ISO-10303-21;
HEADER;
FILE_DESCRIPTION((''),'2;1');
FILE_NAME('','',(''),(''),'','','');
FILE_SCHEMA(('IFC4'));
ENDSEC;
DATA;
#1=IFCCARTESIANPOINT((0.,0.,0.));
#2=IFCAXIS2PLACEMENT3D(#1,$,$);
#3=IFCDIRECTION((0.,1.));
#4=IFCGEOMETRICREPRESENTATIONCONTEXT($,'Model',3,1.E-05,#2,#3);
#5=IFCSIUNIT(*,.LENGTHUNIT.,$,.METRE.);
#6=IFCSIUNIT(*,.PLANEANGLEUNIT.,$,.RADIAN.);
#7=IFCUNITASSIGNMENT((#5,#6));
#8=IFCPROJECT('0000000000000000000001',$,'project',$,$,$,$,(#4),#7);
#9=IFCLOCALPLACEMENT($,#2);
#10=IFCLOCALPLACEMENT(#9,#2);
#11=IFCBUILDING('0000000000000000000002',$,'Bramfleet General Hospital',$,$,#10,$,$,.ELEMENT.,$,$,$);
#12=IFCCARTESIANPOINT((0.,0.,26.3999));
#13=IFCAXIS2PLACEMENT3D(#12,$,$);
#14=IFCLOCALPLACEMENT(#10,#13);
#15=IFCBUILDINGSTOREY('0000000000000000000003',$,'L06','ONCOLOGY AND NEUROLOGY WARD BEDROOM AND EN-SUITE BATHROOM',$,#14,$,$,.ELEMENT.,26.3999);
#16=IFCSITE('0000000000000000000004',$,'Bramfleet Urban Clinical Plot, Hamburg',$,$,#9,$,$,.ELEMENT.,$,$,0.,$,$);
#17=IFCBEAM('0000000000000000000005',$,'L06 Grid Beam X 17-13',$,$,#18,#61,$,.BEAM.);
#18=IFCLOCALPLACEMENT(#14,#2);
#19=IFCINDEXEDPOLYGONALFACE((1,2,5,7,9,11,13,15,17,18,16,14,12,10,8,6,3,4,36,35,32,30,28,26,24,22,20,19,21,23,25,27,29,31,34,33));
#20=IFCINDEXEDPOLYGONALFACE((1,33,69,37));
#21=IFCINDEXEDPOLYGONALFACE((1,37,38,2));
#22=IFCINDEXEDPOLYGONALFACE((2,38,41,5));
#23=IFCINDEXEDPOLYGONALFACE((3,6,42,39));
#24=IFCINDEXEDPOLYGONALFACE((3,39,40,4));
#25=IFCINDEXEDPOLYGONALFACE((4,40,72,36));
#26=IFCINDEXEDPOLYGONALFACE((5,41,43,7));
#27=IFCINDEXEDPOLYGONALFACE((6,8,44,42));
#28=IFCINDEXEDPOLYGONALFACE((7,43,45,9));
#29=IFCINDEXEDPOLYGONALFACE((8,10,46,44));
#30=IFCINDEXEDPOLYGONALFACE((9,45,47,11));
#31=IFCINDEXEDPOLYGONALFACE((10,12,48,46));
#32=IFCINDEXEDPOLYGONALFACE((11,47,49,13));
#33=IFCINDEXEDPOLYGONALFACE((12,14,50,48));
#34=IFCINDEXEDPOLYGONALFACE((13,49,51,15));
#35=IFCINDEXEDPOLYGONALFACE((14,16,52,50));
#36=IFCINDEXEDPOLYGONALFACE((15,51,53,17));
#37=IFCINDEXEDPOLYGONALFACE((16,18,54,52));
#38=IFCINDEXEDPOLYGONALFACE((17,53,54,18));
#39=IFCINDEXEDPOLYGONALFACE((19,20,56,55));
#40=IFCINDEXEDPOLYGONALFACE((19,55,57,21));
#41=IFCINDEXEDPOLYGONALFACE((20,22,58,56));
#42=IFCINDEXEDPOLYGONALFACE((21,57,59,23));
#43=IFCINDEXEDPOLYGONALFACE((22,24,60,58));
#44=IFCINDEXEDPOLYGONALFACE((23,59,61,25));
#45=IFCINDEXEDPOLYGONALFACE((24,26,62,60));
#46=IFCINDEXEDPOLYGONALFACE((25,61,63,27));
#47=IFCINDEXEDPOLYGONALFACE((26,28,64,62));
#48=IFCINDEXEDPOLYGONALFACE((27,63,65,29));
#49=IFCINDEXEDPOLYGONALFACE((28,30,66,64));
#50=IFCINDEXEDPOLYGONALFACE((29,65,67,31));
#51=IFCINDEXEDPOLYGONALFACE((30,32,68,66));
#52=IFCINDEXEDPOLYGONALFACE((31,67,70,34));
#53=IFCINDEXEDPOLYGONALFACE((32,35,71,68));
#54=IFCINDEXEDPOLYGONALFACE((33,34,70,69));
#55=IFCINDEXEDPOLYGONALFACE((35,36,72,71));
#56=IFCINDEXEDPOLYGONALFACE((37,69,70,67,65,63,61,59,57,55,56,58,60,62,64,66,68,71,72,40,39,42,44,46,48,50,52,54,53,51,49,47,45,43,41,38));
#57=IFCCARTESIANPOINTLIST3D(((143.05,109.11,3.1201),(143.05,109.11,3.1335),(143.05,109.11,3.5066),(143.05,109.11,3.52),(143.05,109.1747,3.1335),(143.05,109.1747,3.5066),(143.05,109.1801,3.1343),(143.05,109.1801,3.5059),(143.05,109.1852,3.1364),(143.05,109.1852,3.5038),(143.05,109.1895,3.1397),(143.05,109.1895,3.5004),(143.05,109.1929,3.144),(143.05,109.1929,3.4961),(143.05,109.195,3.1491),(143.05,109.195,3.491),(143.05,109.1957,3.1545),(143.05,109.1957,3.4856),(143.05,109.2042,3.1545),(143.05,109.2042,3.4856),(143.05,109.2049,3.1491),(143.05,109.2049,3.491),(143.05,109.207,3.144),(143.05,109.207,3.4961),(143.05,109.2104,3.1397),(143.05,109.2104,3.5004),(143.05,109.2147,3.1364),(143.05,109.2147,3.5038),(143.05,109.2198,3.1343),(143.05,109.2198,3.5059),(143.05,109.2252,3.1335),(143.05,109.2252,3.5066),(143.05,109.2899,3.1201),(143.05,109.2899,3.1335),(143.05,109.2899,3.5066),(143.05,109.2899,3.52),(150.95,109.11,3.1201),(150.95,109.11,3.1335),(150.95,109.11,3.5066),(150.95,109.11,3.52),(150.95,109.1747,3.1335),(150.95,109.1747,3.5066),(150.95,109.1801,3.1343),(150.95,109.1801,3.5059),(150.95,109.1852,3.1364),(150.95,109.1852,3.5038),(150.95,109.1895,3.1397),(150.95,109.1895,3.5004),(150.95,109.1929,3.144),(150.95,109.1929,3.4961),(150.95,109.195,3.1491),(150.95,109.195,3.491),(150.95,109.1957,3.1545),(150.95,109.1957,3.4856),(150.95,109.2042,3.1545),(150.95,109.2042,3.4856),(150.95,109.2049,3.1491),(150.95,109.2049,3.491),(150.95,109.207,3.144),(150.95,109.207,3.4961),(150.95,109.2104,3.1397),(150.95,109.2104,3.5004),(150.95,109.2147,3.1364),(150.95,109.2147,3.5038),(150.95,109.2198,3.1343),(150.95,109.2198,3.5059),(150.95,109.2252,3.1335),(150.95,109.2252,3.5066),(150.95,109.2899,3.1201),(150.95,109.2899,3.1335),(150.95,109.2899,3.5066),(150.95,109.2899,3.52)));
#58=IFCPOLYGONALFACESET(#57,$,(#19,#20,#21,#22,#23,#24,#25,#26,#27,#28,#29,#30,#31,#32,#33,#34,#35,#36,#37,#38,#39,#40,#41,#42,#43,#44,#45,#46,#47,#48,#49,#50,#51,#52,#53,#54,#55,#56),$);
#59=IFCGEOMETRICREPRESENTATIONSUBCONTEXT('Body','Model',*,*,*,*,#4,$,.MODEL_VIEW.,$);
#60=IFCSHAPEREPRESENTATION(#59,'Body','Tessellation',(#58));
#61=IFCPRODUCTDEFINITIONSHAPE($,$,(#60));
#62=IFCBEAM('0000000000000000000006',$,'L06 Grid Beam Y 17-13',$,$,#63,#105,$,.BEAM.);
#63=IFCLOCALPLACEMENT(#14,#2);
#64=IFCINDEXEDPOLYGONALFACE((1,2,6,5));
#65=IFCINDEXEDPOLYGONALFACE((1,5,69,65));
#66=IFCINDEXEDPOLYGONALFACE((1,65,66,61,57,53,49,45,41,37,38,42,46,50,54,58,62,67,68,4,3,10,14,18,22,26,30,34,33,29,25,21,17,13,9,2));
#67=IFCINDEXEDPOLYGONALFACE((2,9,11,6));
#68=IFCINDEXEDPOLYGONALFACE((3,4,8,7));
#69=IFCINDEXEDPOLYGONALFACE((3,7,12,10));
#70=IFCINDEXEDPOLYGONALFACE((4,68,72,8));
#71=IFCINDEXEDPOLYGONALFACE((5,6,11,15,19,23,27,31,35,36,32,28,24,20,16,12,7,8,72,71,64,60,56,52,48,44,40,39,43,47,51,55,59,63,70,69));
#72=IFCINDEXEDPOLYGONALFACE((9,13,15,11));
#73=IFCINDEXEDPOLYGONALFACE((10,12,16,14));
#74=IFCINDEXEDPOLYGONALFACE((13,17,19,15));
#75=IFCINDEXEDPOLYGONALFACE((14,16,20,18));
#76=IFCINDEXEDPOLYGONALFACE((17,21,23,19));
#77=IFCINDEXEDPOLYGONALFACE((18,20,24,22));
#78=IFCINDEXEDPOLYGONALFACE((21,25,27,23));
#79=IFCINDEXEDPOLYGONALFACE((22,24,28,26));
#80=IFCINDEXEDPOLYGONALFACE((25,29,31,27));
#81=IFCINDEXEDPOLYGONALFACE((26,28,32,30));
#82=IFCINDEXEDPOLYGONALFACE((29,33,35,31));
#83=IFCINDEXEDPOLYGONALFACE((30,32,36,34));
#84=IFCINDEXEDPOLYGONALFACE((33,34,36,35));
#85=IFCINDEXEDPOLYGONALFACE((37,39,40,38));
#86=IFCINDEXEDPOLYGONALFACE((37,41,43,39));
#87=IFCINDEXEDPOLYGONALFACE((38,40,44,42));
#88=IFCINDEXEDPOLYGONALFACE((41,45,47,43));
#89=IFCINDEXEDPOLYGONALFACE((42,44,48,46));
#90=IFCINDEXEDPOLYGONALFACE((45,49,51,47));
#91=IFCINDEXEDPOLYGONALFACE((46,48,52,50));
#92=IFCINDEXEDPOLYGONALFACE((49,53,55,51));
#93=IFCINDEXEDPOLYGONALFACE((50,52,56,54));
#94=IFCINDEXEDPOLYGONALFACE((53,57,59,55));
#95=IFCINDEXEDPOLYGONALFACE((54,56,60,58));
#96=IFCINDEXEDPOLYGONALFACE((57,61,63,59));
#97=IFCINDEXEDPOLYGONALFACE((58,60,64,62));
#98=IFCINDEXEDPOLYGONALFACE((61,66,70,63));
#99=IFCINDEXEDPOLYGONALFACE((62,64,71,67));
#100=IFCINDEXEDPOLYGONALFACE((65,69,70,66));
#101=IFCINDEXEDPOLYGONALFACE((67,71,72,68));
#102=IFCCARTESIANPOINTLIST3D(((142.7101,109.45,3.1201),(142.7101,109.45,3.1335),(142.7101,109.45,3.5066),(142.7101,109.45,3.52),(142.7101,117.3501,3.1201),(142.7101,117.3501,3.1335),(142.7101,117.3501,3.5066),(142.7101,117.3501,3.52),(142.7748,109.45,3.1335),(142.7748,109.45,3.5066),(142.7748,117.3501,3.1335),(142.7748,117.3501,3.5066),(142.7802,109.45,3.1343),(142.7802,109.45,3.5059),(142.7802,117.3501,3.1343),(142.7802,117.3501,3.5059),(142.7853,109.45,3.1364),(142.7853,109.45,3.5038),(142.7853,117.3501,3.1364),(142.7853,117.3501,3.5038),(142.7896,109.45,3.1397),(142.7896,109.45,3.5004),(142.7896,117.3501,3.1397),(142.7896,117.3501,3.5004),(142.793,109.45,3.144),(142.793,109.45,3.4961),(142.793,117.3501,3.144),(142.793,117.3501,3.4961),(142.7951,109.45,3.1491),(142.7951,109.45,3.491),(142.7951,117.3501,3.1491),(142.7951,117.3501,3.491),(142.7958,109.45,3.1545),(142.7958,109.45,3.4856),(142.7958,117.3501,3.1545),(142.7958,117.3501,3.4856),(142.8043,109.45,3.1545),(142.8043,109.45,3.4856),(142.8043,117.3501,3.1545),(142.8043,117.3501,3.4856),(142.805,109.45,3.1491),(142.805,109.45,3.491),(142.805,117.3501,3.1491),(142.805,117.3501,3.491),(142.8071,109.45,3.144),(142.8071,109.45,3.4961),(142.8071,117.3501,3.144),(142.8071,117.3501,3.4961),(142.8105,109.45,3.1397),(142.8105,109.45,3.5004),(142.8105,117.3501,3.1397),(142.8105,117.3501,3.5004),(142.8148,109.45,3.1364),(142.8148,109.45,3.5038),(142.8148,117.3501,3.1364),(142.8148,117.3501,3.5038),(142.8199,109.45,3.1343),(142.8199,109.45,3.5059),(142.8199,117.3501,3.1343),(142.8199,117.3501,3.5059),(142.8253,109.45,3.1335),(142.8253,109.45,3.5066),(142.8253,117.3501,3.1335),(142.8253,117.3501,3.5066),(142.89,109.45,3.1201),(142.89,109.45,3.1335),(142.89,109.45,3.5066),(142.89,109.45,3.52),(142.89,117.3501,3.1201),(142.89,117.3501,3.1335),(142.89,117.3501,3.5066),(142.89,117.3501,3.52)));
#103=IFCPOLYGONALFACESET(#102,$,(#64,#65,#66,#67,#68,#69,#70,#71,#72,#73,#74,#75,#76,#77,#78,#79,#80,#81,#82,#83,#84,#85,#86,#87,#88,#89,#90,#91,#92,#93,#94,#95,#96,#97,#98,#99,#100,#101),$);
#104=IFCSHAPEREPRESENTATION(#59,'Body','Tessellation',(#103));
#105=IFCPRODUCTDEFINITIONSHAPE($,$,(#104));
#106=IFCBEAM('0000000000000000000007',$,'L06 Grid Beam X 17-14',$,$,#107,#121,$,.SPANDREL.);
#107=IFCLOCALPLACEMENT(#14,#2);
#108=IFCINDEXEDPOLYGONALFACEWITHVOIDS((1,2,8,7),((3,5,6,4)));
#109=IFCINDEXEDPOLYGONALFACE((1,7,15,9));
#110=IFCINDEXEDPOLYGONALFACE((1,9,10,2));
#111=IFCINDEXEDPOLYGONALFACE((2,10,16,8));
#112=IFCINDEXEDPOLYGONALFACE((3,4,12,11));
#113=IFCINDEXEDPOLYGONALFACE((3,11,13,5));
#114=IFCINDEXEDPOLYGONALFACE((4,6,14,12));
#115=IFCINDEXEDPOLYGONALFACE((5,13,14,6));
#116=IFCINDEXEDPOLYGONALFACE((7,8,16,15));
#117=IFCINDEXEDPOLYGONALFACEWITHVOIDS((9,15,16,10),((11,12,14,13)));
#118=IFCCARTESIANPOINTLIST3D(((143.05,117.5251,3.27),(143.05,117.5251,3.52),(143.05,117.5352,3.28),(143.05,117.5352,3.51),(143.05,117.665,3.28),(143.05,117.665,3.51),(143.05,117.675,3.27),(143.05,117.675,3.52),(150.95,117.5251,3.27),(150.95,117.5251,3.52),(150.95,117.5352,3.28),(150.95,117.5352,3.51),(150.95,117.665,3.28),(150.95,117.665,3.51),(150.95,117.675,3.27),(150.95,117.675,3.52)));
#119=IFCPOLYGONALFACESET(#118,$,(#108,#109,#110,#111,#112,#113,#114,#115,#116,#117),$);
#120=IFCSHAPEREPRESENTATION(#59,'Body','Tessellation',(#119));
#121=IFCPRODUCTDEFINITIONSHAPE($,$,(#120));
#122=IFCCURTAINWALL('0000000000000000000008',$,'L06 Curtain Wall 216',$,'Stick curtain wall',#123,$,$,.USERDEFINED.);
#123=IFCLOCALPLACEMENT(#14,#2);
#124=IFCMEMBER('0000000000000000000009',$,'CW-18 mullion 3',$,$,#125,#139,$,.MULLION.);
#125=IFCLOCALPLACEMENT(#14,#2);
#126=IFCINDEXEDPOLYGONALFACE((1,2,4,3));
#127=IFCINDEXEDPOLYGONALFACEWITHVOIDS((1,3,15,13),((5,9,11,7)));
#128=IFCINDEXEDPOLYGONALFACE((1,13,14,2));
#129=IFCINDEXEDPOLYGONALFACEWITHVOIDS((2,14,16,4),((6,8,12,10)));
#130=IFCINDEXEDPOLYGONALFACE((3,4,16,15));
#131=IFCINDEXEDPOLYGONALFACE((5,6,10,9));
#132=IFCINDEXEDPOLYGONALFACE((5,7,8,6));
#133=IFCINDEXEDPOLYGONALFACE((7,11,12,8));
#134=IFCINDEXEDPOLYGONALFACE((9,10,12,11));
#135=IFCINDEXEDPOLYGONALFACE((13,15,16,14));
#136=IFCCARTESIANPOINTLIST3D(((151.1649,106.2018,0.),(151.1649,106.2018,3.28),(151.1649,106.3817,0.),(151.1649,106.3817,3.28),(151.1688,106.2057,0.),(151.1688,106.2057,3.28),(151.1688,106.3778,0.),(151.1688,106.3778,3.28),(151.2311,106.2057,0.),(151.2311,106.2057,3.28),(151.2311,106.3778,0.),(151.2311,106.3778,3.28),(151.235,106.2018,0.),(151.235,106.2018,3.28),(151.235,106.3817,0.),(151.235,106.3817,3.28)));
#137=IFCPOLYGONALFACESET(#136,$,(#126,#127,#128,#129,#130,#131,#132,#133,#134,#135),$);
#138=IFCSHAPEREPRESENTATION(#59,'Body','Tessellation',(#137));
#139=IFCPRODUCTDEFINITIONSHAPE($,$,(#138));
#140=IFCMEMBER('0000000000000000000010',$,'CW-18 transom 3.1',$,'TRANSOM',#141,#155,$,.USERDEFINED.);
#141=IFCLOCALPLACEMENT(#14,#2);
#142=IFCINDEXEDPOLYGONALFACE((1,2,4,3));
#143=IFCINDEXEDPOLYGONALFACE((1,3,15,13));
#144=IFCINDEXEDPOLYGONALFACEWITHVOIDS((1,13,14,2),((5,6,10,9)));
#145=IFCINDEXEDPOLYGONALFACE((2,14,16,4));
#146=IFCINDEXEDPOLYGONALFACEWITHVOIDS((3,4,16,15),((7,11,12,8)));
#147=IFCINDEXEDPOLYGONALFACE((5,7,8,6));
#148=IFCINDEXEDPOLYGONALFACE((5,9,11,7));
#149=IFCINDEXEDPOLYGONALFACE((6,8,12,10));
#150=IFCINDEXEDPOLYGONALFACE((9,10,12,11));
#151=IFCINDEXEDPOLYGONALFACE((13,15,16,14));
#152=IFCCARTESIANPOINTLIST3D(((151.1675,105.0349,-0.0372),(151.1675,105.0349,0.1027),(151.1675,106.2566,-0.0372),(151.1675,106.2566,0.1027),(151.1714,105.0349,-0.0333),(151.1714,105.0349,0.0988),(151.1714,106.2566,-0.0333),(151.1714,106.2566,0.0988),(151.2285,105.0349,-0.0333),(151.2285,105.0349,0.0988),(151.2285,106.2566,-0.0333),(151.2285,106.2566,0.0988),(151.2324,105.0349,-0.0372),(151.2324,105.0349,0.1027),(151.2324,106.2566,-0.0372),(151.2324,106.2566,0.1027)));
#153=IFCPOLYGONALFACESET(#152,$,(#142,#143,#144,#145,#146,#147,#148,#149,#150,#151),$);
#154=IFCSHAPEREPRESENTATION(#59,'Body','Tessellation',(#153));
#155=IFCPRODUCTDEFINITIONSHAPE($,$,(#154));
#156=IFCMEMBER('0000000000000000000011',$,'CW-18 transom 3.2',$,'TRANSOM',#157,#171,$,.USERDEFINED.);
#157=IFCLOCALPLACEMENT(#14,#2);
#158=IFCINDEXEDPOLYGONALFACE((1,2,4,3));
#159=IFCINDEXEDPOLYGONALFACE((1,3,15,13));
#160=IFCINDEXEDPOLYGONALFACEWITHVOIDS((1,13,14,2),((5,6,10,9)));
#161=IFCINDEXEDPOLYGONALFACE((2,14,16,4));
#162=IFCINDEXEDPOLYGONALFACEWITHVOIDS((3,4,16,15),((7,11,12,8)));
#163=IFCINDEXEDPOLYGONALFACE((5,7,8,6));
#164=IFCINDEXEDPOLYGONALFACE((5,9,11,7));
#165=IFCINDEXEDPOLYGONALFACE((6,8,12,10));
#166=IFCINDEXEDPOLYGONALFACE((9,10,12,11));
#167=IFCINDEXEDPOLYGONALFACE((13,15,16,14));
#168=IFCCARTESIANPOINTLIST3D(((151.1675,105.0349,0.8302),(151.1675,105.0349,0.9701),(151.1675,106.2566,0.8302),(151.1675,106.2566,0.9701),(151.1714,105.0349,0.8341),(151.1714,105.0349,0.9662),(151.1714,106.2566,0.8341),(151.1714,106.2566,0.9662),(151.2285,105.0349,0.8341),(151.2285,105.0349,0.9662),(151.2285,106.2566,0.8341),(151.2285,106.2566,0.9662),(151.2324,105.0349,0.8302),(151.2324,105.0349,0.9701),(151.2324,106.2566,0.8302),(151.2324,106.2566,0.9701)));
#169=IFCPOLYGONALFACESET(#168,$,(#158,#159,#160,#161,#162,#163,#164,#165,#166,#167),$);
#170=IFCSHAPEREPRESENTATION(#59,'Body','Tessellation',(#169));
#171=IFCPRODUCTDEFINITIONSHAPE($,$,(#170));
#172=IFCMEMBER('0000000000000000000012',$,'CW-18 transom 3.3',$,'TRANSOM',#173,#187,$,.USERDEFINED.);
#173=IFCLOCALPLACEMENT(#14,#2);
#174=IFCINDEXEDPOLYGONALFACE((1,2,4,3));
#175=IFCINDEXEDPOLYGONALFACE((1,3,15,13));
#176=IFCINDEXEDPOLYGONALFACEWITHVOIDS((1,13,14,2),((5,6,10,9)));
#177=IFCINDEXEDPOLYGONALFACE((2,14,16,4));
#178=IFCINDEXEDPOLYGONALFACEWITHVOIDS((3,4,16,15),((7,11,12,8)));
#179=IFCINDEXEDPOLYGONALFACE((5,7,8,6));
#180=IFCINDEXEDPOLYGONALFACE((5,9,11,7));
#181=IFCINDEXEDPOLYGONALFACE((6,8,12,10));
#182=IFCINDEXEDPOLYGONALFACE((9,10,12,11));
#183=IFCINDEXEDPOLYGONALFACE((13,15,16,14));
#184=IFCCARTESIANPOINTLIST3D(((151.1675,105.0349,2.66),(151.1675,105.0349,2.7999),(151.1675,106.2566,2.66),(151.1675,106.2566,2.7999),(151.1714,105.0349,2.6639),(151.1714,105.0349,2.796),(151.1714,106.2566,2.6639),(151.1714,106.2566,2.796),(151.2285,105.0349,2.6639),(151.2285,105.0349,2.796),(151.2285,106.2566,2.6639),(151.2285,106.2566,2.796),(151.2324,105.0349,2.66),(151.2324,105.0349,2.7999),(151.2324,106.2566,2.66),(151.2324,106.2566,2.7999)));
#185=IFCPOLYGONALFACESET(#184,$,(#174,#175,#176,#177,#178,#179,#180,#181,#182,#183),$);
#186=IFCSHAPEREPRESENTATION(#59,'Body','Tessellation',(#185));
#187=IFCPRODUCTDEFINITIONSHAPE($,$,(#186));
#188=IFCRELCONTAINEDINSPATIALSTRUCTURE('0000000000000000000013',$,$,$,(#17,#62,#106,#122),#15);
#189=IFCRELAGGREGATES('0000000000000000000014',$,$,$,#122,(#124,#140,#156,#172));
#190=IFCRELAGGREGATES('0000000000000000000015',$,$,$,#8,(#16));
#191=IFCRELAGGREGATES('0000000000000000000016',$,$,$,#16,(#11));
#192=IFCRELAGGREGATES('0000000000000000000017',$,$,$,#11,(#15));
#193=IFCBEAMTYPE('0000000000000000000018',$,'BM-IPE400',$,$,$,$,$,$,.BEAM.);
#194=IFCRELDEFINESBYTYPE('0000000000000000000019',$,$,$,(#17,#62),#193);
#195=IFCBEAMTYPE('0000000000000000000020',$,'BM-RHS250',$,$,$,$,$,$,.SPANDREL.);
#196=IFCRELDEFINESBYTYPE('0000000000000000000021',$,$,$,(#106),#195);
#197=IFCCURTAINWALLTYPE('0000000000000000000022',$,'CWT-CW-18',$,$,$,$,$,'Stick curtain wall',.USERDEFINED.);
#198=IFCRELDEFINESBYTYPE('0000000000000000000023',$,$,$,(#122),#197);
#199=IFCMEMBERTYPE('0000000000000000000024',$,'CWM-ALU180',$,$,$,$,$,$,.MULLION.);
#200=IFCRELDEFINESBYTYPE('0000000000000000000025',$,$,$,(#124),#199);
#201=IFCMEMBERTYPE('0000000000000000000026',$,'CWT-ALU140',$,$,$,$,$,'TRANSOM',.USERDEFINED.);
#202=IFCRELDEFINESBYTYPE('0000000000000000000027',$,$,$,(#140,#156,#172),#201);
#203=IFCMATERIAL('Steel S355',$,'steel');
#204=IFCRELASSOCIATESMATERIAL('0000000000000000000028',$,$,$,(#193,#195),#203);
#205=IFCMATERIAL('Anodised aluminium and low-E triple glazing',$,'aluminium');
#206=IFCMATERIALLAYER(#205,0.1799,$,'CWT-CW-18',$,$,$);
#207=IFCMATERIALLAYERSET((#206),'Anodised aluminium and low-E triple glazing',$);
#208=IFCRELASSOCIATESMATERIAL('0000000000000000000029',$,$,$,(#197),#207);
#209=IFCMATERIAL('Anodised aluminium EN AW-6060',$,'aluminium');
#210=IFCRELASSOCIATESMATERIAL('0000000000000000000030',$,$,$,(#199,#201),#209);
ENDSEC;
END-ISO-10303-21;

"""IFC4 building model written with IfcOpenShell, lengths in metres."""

from ifc_helpers import new_model, si_unit, direction, frame, origin, origin_2d, place, context, subcontext, project, spatial, hollow_rectangle, i_section, extrude, material, layer, layer_set, material_profile, profile_set, type_object, element, aggregate, save


model = new_model("IFC4")

# Units and contexts
model_context = context("Model", 3, precision=1e-05, world=origin(), true_north=direction((0.0, 1.0)))
body_context = subcontext(model_context, "Body", "Model", "MODEL_VIEW")
ifc_project = project(units=[si_unit("LENGTHUNIT", "METRE"), si_unit("PLANEANGLEUNIT", "RADIAN")], contexts=[model_context])

# Site, building, storey
site_placement = place(None, origin())
site = spatial("IfcSite", under=ifc_project, at=site_placement, Name="Bramfleet Urban Clinical Plot, Hamburg", CompositionType="ELEMENT", RefElevation=0.0)
building_placement = place(site_placement, origin())
building = spatial("IfcBuilding", under=site, at=building_placement, Name="Bramfleet General Hospital", CompositionType="ELEMENT")
storey_placement = place(building_placement, frame((0.0, 0.0, 26.3999)))
storey = spatial("IfcBuildingStorey", under=building, at=storey_placement, Name="L06", Description="ONCOLOGY AND NEUROLOGY WARD BEDROOM AND EN-SUITE BATHROOM", CompositionType="ELEMENT", Elevation=26.3999)

# Beams
ifc_material_1 = material(Name="Steel S355", Category="steel")
ifc_material_profile_1 = material_profile(ifc_material_1, i_section(OverallWidth=0.1799, OverallDepth=0.3999, WebThickness=0.0085, FlangeThickness=0.0134, FilletRadius=0.021, at=origin_2d()), Name="IPE 400")
ifc_profile_set_1 = profile_set([ifc_material_profile_1], Name="Steel S355")
beam_type_1 = type_object("IfcBeamType", Name="BM-IPE400", PredefinedType="BEAM", material=ifc_profile_set_1)
beam_1_placement = place(storey_placement, frame((143.05, 109.2, 3.3201), z_axis=(1.0, 0.0, 0.0), x_axis=(0.0, 1.0, 0.0)))
element("IfcBeam", 1, at=beam_1_placement, inside=storey, type_object=beam_type_1, Name="L06 Grid Beam X 17-13", PredefinedType="BEAM", context=body_context, shape_type="SweptSolid", body=[
    extrude(i_section(OverallWidth=0.1799, OverallDepth=0.3999, WebThickness=0.0085, FlangeThickness=0.0134, FilletRadius=0.021, at=origin_2d()), origin(), (0.0, 0.0, 1.0), 7.8999),
])
beam_2_placement = place(storey_placement, frame((142.8, 109.45, 3.3201), z_axis=(0.0, 1.0, 0.0), x_axis=(-1.0, 0.0, 0.0)))
element("IfcBeam", 2, at=beam_2_placement, inside=storey, type_object=beam_type_1, Name="L06 Grid Beam Y 17-13", PredefinedType="BEAM", context=body_context, shape_type="SweptSolid", body=[
    extrude(i_section(OverallWidth=0.1799, OverallDepth=0.3999, WebThickness=0.0085, FlangeThickness=0.0134, FilletRadius=0.021, at=origin_2d()), origin(), (0.0, 0.0, 1.0), 7.9001),
])
ifc_material_profile_2 = material_profile(ifc_material_1, hollow_rectangle(XDim=0.1499, YDim=0.25, WallThickness=0.01, at=origin_2d()), Name="RHS 250x150x10.0")
ifc_profile_set_2 = profile_set([ifc_material_profile_2], Name="Steel S355")
beam_type_2 = type_object("IfcBeamType", Name="BM-RHS250", PredefinedType="SPANDREL", material=ifc_profile_set_2)
beam_3_placement = place(storey_placement, frame((143.05, 117.6001, 3.395), z_axis=(1.0, 0.0, 0.0), x_axis=(0.0, 1.0, 0.0)))
element("IfcBeam", 3, at=beam_3_placement, inside=storey, type_object=beam_type_2, Name="L06 Grid Beam X 17-14", PredefinedType="SPANDREL", context=body_context, shape_type="SweptSolid", body=[
    extrude(hollow_rectangle(XDim=0.1499, YDim=0.25, WallThickness=0.01, at=origin_2d()), origin(), (0.0, 0.0, 1.0), 7.8999),
])

# Curtain wall, members
ifc_material_2 = material(Name="Anodised aluminium and low-E triple glazing", Category="aluminium")
ifc_layer_1 = layer(ifc_material_2, 0.1799, Name="CWT-CW-18")
ifc_layer_set_1 = layer_set([ifc_layer_1], Name="Anodised aluminium and low-E triple glazing")
curtain_wall_type = type_object("IfcCurtainWallType", Name="CWT-CW-18", ElementType="Stick curtain wall", PredefinedType="USERDEFINED", material=ifc_layer_set_1)
curtain_wall_placement = place(storey_placement, origin())
curtain_wall = element("IfcCurtainWall", 4, at=curtain_wall_placement, inside=storey, type_object=curtain_wall_type, Name="L06 Curtain Wall 216", ObjectType="Stick curtain wall", PredefinedType="USERDEFINED")
ifc_material_3 = material(Name="Anodised aluminium EN AW-6060", Category="aluminium")
ifc_material_profile_3 = material_profile(ifc_material_3, hollow_rectangle(XDim=0.0701, YDim=0.1799, WallThickness=0.0039, at=origin_2d()), Name="ALU 180x70x4.0")
ifc_profile_set_3 = profile_set([ifc_material_profile_3], Name="Anodised aluminium EN AW-6060")
member_type_1 = type_object("IfcMemberType", Name="CWM-ALU180", PredefinedType="MULLION", material=ifc_profile_set_3)
member_1_placement = place(storey_placement, frame((151.2, 106.2917, 0.0), z_axis=(0.0, 0.0, 1.0), x_axis=(1.0, 0.0, 0.0)))
member_1 = element("IfcMember", 5, at=member_1_placement, type_object=member_type_1, Name="CW-18 mullion 3", PredefinedType="MULLION", context=body_context, shape_type="SweptSolid", body=[
    extrude(hollow_rectangle(XDim=0.0701, YDim=0.1799, WallThickness=0.0039, at=origin_2d()), origin(), (0.0, 0.0, 1.0), 3.28),
])
ifc_material_profile_4 = material_profile(ifc_material_3, hollow_rectangle(XDim=0.0649, YDim=0.1399, WallThickness=0.0039, at=origin_2d()), Name="ALU 140x65x4.0")
ifc_profile_set_4 = profile_set([ifc_material_profile_4], Name="Anodised aluminium EN AW-6060")
member_type_2 = type_object("IfcMemberType", Name="CWT-ALU140", ElementType="TRANSOM", PredefinedType="USERDEFINED", material=ifc_profile_set_4)
member_2_placement = place(storey_placement, frame((151.2, 106.2566, 0.0327), z_axis=(0.0, -1.0, 0.0), x_axis=(1.0, 0.0, 0.0)))
member_2 = element("IfcMember", 6, at=member_2_placement, type_object=member_type_2, Name="CW-18 transom 3.1", ObjectType="TRANSOM", PredefinedType="USERDEFINED", context=body_context, shape_type="SweptSolid", body=[
    extrude(hollow_rectangle(XDim=0.0649, YDim=0.1399, WallThickness=0.0039, at=origin_2d()), origin(), (0.0, 0.0, 1.0), 1.2217),
])
member_3_placement = place(storey_placement, frame((151.2, 106.2566, 0.9001), z_axis=(0.0, -1.0, 0.0), x_axis=(1.0, 0.0, 0.0)))
member_3 = element("IfcMember", 7, at=member_3_placement, type_object=member_type_2, Name="CW-18 transom 3.2", ObjectType="TRANSOM", PredefinedType="USERDEFINED", context=body_context, shape_type="SweptSolid", body=[
    extrude(hollow_rectangle(XDim=0.0649, YDim=0.1399, WallThickness=0.0039, at=origin_2d()), origin(), (0.0, 0.0, 1.0), 1.2217),
])
member_4_placement = place(storey_placement, frame((151.2, 106.2566, 2.73), z_axis=(0.0, -1.0, 0.0), x_axis=(1.0, 0.0, 0.0)))
member_4 = element("IfcMember", 8, at=member_4_placement, type_object=member_type_2, Name="CW-18 transom 3.3", ObjectType="TRANSOM", PredefinedType="USERDEFINED", context=body_context, shape_type="SweptSolid", body=[
    extrude(hollow_rectangle(XDim=0.0649, YDim=0.1399, WallThickness=0.0039, at=origin_2d()), origin(), (0.0, 0.0, 1.0), 1.2217),
])
aggregate(curtain_wall, [member_1, member_2, member_3, member_4])

save(model, "model.ifc")
